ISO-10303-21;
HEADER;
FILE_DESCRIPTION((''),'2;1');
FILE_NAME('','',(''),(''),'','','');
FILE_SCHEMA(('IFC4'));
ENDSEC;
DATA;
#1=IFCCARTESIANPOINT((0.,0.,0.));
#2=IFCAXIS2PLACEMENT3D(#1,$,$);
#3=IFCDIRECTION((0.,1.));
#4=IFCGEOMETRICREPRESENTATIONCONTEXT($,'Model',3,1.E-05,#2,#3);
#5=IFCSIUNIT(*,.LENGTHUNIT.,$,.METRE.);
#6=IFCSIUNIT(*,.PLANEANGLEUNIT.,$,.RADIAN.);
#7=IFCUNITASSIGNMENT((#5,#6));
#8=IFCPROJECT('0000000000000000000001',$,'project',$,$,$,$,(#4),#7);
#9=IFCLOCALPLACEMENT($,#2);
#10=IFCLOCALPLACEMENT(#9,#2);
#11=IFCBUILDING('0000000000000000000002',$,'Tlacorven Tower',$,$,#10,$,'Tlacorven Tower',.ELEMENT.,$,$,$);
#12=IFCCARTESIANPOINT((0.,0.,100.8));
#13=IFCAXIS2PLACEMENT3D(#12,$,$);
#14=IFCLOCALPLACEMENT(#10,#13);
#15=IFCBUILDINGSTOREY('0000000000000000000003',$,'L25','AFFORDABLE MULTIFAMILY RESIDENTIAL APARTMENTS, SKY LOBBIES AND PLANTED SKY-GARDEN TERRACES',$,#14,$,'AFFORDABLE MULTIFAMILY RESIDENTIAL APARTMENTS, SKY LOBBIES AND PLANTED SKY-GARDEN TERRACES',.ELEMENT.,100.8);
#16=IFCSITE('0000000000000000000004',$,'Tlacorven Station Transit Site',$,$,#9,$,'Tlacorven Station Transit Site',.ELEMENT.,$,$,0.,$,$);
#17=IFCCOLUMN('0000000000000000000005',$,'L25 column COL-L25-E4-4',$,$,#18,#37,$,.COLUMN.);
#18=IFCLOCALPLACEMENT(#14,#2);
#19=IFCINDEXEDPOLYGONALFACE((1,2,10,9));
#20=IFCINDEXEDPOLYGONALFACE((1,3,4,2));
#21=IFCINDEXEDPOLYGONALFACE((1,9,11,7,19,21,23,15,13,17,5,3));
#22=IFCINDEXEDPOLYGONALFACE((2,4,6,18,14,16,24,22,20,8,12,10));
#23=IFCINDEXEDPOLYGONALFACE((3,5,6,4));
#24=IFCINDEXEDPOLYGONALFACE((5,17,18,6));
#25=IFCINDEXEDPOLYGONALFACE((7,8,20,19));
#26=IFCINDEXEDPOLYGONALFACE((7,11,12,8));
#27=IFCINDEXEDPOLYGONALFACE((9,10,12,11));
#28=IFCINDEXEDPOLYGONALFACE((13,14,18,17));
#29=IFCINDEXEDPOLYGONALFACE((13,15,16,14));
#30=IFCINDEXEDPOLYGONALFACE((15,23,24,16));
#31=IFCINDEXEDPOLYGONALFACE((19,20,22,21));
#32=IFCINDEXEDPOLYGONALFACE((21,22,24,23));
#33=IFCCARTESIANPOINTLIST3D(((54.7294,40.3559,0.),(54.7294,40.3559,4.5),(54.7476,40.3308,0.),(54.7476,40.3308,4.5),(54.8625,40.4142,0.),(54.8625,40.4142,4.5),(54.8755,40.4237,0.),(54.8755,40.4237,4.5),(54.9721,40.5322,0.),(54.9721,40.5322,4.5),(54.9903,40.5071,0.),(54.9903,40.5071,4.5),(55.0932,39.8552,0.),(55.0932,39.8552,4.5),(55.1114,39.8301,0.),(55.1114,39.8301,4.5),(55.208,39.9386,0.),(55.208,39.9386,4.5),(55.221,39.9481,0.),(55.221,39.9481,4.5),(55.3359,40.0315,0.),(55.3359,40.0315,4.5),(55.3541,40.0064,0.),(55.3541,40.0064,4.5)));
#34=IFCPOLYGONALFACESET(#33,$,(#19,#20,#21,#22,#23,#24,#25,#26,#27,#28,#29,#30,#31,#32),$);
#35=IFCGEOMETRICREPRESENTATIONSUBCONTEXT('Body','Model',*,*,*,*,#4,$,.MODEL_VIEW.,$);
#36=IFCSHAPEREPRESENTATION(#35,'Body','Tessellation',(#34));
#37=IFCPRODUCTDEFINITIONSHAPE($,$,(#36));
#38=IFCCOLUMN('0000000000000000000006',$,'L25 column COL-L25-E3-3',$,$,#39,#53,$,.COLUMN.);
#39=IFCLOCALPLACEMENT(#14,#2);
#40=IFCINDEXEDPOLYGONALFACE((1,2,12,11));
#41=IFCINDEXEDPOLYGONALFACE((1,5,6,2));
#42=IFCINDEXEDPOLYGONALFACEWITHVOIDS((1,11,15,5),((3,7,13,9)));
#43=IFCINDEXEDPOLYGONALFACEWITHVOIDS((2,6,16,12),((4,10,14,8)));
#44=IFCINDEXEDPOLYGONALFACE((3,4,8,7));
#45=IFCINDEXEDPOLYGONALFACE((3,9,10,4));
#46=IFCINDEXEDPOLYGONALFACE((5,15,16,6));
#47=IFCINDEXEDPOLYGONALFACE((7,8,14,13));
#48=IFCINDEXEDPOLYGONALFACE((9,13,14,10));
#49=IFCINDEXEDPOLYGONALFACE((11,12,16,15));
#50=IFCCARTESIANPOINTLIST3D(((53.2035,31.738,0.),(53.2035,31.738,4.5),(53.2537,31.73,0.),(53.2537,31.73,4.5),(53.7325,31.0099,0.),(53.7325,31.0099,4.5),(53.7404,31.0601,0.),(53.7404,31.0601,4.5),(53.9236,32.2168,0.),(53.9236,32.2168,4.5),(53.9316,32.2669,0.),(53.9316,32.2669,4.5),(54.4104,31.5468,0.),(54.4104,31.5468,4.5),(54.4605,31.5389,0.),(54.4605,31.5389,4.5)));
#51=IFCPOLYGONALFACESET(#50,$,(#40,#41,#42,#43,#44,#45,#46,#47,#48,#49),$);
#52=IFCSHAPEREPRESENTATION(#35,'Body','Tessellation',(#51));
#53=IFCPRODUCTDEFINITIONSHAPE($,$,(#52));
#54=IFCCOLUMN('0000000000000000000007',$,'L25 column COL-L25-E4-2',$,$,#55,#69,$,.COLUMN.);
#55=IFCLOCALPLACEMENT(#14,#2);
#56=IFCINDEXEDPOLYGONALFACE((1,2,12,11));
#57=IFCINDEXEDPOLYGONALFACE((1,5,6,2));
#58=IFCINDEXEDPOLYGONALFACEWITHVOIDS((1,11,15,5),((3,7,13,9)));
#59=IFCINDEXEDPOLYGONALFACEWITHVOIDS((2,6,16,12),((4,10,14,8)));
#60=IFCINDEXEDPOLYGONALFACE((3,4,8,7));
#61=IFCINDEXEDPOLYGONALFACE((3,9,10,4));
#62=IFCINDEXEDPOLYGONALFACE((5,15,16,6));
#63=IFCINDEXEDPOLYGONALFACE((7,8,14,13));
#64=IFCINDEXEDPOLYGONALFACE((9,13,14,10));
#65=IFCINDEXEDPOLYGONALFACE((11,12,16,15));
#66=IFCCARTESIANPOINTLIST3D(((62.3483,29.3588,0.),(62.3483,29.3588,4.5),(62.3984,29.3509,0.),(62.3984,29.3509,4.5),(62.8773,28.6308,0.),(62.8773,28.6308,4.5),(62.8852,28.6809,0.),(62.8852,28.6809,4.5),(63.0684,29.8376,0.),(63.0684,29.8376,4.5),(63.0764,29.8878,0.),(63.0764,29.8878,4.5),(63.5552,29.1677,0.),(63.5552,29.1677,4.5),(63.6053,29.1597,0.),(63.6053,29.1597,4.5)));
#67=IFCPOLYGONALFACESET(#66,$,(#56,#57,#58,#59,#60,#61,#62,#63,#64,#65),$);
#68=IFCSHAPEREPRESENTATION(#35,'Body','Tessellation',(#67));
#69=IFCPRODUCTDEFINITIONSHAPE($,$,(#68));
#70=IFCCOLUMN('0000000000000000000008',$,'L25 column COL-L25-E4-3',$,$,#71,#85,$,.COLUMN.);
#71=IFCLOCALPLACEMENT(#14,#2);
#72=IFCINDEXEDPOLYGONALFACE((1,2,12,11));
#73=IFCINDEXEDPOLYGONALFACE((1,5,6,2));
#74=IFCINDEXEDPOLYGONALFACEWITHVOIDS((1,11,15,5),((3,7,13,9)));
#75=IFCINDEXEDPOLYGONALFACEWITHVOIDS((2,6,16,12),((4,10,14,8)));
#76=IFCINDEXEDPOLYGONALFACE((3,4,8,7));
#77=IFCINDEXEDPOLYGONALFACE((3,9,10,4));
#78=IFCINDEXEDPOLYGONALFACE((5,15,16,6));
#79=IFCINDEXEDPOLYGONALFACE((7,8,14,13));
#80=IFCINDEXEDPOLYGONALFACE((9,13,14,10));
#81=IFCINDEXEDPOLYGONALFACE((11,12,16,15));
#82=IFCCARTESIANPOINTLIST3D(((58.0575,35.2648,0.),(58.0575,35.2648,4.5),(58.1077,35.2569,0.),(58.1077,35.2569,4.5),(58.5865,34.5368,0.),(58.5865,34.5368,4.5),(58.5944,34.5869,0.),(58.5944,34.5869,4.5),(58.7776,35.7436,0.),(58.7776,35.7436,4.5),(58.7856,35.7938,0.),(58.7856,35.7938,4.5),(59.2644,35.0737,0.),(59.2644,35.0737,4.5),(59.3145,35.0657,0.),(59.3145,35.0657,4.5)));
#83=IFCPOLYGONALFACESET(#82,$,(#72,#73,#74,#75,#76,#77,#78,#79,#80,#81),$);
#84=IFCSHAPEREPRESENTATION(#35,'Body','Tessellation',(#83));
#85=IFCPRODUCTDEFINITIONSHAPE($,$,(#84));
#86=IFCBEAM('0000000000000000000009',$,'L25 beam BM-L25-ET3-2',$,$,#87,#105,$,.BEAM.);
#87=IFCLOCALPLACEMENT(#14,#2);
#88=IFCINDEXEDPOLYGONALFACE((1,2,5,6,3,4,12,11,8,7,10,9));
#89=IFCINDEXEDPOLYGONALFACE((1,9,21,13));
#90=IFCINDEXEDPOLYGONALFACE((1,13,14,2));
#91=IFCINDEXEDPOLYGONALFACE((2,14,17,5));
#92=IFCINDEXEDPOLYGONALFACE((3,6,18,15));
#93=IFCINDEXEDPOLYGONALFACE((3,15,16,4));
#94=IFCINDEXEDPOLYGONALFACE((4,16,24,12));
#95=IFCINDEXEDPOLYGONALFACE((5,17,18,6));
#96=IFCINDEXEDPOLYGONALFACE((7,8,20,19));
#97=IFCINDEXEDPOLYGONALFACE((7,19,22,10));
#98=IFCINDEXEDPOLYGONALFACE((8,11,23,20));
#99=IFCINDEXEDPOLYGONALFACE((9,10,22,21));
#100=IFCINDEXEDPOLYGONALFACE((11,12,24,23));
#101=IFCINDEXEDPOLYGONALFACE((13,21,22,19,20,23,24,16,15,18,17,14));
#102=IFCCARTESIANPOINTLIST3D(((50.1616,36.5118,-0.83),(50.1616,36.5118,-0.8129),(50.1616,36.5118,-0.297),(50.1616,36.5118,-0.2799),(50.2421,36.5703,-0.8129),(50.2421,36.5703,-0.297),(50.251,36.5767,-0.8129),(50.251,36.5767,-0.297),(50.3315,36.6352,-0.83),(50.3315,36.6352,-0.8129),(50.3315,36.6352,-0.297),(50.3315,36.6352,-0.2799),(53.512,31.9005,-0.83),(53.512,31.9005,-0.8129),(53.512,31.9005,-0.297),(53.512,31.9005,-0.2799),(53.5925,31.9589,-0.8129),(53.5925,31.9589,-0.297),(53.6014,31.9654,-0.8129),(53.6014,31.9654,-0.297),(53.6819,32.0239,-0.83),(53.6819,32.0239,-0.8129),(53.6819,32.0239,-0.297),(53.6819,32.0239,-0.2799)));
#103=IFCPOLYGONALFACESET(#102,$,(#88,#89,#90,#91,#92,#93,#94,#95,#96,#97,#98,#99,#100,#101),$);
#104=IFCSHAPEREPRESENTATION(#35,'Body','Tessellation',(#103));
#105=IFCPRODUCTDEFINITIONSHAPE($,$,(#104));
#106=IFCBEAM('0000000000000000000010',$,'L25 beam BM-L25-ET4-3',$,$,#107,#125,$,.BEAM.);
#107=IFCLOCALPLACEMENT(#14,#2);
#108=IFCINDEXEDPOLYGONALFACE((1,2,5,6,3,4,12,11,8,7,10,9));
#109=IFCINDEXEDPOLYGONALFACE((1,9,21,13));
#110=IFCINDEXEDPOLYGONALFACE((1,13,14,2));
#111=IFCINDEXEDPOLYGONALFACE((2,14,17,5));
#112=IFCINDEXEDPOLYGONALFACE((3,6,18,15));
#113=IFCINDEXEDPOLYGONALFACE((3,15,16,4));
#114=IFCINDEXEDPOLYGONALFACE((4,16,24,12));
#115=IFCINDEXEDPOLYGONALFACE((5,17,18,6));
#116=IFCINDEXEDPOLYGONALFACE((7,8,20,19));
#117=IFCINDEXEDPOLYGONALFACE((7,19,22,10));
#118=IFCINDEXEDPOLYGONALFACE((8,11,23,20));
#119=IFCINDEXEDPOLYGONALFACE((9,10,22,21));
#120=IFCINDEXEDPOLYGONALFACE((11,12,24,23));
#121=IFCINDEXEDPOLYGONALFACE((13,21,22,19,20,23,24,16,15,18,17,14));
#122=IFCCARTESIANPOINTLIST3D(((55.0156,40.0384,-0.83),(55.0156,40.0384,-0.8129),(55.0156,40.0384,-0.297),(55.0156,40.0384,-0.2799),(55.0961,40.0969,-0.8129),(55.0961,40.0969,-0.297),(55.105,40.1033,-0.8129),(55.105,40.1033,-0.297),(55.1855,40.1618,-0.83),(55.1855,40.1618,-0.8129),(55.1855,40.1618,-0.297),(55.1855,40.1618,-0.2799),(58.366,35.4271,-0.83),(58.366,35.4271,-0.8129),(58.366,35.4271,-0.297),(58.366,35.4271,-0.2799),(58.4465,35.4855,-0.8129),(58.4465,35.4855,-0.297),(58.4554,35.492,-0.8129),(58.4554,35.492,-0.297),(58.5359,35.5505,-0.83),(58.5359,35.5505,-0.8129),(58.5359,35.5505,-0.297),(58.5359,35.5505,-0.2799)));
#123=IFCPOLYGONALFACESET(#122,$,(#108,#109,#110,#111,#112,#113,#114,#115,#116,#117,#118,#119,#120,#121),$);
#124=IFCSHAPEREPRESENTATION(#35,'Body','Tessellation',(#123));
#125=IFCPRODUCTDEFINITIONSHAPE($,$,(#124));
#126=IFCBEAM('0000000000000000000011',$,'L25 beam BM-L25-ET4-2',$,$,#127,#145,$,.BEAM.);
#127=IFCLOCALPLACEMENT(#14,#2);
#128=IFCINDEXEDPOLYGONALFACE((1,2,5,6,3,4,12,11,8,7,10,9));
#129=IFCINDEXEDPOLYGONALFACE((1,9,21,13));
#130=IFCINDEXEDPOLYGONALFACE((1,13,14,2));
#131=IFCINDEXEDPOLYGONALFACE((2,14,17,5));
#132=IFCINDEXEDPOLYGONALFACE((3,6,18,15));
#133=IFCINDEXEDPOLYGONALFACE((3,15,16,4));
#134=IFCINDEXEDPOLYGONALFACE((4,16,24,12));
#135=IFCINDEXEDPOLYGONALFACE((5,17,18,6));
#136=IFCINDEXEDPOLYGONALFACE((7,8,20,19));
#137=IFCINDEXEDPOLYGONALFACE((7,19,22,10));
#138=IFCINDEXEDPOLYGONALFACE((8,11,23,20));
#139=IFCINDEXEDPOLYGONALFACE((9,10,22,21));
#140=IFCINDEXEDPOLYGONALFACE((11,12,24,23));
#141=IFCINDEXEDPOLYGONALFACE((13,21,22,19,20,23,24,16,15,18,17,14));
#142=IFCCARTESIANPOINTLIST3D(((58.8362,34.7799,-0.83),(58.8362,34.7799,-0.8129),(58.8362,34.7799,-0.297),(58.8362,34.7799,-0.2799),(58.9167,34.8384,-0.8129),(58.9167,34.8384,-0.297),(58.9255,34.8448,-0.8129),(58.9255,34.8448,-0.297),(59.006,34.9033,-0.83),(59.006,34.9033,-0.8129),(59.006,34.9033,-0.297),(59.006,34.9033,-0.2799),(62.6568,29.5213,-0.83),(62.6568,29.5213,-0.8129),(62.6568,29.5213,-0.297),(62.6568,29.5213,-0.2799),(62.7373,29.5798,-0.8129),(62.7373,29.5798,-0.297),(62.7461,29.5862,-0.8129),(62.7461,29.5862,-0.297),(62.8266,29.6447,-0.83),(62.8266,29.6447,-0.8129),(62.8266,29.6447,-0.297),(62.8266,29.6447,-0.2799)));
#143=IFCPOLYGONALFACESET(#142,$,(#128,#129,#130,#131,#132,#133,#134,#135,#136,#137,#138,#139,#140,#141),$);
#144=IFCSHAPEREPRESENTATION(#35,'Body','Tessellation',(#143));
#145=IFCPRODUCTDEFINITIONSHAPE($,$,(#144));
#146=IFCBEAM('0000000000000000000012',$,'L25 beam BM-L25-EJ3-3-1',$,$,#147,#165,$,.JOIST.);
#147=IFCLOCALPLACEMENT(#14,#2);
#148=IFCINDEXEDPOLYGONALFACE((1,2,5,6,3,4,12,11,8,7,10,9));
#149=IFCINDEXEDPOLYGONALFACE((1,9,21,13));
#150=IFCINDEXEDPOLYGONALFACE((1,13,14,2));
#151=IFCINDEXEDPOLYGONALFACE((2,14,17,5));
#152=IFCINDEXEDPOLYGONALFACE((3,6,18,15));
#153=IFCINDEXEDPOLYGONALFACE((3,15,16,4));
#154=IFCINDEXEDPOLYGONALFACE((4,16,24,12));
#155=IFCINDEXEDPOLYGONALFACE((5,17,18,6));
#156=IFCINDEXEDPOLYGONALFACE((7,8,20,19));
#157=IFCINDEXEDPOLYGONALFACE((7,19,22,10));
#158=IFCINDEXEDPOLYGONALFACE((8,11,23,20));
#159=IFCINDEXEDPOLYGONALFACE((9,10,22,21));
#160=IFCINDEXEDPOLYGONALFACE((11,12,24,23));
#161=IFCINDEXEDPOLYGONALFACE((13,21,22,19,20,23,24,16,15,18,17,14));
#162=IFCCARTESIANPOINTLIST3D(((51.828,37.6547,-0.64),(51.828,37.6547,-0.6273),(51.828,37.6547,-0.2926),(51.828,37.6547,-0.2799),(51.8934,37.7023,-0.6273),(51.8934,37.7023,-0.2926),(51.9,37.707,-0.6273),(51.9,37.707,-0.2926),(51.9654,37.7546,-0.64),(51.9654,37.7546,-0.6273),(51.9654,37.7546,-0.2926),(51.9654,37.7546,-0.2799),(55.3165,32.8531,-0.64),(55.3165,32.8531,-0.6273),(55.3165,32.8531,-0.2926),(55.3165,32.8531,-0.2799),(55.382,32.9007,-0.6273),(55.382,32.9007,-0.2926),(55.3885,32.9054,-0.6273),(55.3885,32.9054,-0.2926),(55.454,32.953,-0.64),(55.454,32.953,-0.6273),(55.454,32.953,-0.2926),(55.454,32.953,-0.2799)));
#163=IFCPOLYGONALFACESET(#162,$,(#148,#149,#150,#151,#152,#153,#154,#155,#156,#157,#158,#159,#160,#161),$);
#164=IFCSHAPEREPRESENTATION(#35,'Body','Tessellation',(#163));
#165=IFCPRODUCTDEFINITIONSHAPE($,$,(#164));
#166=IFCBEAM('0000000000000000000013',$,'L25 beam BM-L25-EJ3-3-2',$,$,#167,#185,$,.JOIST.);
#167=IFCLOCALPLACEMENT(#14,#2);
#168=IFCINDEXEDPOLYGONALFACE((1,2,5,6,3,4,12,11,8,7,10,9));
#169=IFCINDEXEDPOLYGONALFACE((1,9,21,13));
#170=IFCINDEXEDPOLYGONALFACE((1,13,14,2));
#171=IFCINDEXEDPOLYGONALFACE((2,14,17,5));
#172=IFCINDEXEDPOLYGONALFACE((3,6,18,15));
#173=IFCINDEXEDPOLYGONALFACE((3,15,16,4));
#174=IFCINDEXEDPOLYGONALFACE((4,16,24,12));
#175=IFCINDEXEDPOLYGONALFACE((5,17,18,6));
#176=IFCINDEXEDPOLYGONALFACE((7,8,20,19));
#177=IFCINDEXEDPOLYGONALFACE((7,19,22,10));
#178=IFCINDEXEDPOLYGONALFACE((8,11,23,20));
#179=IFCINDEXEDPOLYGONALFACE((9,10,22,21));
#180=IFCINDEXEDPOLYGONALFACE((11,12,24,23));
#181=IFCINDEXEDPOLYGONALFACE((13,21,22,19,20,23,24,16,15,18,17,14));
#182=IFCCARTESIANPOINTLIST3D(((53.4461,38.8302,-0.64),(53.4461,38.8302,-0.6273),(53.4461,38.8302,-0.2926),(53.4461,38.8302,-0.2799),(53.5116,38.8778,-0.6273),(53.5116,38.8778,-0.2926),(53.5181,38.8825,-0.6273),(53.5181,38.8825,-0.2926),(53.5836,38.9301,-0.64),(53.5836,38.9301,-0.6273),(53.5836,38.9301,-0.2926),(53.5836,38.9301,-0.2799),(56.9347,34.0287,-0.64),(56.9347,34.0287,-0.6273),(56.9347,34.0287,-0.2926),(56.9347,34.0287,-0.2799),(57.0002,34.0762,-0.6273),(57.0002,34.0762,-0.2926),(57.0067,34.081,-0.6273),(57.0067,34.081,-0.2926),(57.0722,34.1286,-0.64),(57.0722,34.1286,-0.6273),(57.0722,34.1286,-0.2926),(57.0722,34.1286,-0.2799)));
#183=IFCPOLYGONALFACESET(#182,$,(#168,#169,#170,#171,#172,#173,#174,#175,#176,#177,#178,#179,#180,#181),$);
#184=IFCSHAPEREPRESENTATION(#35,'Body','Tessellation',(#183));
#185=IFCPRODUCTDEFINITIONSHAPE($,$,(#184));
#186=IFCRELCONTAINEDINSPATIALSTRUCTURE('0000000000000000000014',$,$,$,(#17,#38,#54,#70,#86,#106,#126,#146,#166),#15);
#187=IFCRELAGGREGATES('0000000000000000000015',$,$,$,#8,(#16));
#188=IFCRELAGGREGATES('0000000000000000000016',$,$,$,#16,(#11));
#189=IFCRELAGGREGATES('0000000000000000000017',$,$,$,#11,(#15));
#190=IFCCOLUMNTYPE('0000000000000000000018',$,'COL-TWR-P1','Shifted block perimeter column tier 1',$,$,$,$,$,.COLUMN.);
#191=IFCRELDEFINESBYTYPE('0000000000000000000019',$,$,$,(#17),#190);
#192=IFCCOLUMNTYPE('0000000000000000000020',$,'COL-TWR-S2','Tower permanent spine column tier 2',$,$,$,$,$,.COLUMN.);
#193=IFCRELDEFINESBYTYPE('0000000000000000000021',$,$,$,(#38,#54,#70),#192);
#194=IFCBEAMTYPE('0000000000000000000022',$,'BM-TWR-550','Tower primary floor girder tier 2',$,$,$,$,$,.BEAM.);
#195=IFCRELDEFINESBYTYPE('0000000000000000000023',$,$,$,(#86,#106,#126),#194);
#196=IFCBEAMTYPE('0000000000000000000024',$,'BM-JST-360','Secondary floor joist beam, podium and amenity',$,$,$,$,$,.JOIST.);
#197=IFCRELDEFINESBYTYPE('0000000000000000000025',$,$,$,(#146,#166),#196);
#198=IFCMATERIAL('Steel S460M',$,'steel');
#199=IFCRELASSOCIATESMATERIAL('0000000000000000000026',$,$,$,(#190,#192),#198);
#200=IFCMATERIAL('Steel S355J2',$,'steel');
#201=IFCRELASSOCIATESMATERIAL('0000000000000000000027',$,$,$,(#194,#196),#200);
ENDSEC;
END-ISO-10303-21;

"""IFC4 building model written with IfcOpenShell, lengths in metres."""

from ifc_helpers import new_model, si_unit, direction, frame, origin, origin_2d, place, context, subcontext, project, spatial, hollow_rectangle, i_section, extrude, source, transform, mapped, material, material_profile, profile_set, type_object, element, save


model = new_model("IFC4")

# Units and contexts
model_context = context("Model", 3, precision=1e-05, world=origin(), true_north=direction((0.0, 1.0)))
body_context = subcontext(model_context, "Body", "Model", "MODEL_VIEW")
ifc_project = project(units=[si_unit("LENGTHUNIT", "METRE"), si_unit("PLANEANGLEUNIT", "RADIAN")], contexts=[model_context])

# Site, building, storey
site_placement = place(None, origin())
site = spatial("IfcSite", under=ifc_project, at=site_placement, Name="Tlacorven Station Transit Site", LongName="Tlacorven Station Transit Site", CompositionType="ELEMENT", RefElevation=0.0)
building_placement = place(site_placement, origin())
building = spatial("IfcBuilding", under=site, at=building_placement, Name="Tlacorven Tower", LongName="Tlacorven Tower", CompositionType="ELEMENT")
storey_placement = place(building_placement, frame((0.0, 0.0, 100.8)))
storey = spatial("IfcBuildingStorey", under=building, at=storey_placement, Name="L25", Description="AFFORDABLE MULTIFAMILY RESIDENTIAL APARTMENTS, SKY LOBBIES AND PLANTED SKY-GARDEN TERRACES", LongName="AFFORDABLE MULTIFAMILY RESIDENTIAL APARTMENTS, SKY LOBBIES AND PLANTED SKY-GARDEN TERRACES", CompositionType="ELEMENT", Elevation=100.8)

# Columns
ifc_material_1 = material(Name="Steel S460M", Category="steel")
ifc_material_profile_1 = material_profile(ifc_material_1, i_section(OverallWidth=0.3, OverallDepth=0.6499, WebThickness=0.0161, FlangeThickness=0.031, at=origin_2d()), Name="HEB 650")
ifc_profile_set_1 = profile_set([ifc_material_profile_1], Name="Steel S460M")
column_type_1 = type_object("IfcColumnType", Name="COL-TWR-P1", Description="Shifted block perimeter column tier 1", PredefinedType="COLUMN", material=ifc_profile_set_1)
shared_shape_1 = source(origin(), body_context, "Body", "SweptSolid", [
    extrude(i_section(OverallWidth=0.3, OverallDepth=0.6499, WebThickness=0.0161, FlangeThickness=0.031, at=origin_2d()), origin(), (0.0, 0.0, 1.0), 4.5),
])
column_placement = place(storey_placement, frame((55.0417, 40.1812, 0.0), z_axis=(0.0, 0.0, 1.0), x_axis=(0.809017, 0.587785, 0.0)))
element("IfcColumn", 1, at=column_placement, inside=storey, type_object=column_type_1, Name="L25 column COL-L25-E4-4", PredefinedType="COLUMN", context=body_context, shape_type="MappedRepresentation", body=[
    mapped(shared_shape_1, transform((0.0, 0.0, 0.0), scale=1.0)),
])
ifc_material_profile_2 = material_profile(ifc_material_1, hollow_rectangle(XDim=0.8999, YDim=0.8999, WallThickness=0.0359, at=origin_2d()), Name="BOX 900X900X36")
ifc_profile_set_2 = profile_set([ifc_material_profile_2], Name="Steel S460M")
column_type_2 = type_object("IfcColumnType", Name="COL-TWR-S2", Description="Tower permanent spine column tier 2", PredefinedType="COLUMN", material=ifc_profile_set_2)
shared_shape_2 = source(origin(), body_context, "Body", "SweptSolid", [
    extrude(hollow_rectangle(XDim=0.8999, YDim=0.8999, WallThickness=0.0359, at=origin_2d()), origin(), (0.0, 0.0, 1.0), 4.5),
])
for number, where, z_axis, x_axis, name in (
    (2, (53.832, 31.6384, 0.0), (0.0, 0.0, 1.0), (0.809017, 0.587785, 0.0), "L25 column COL-L25-E3-3"),
    (3, (62.9768, 29.2593, 0.0), (0.0, 0.0, 1.0), (0.809017, 0.587785, 0.0), "L25 column COL-L25-E4-2"),
    (4, (58.686, 35.1653, 0.0), (0.0, 0.0, 1.0), (0.809017, 0.587785, 0.0), "L25 column COL-L25-E4-3"),
):
    element("IfcColumn", number, at=place(storey_placement, frame(where, z_axis=z_axis, x_axis=x_axis)), inside=storey, type_object=column_type_2, Name=name, PredefinedType="COLUMN", context=body_context, shape_type="MappedRepresentation", body=[
        mapped(shared_shape_2, transform((0.0, 0.0, 0.0), scale=1.0)),
    ])

# Beams
ifc_material_2 = material(Name="Steel S355J2", Category="steel")
ifc_material_profile_3 = material_profile(ifc_material_2, i_section(OverallWidth=0.21, OverallDepth=0.55, WebThickness=0.011, FlangeThickness=0.0171, at=origin_2d()), Name="IPE 550")
ifc_profile_set_3 = profile_set([ifc_material_profile_3], Name="Steel S355J2")
beam_type_1 = type_object("IfcBeamType", Name="BM-TWR-550", Description="Tower primary floor girder tier 2", PredefinedType="BEAM", material=ifc_profile_set_3)
shared_shape_3 = source(origin(), body_context, "Body", "SweptSolid", [
    extrude(i_section(OverallWidth=0.21, OverallDepth=0.55, WebThickness=0.011, FlangeThickness=0.0171, at=origin_2d()), origin(), (0.0, 0.0, 1.0), 5.7),
])
for number, where, z_axis, x_axis, name in (
    (5, (53.5969, 31.9622, -0.5549), (-0.587787, 0.809016, 0.0), (-0.809016, -0.587787, 0.0), "L25 beam BM-L25-ET3-2"),
    (6, (58.4509, 35.4888, -0.5549), (-0.587787, 0.809016, 0.0), (-0.809016, -0.587787, 0.0), "L25 beam BM-L25-ET4-3"),
):
    element("IfcBeam", number, at=place(storey_placement, frame(where, z_axis=z_axis, x_axis=x_axis)), inside=storey, type_object=beam_type_1, Name=name, PredefinedType="BEAM", context=body_context, shape_type="MappedRepresentation", body=[
        mapped(shared_shape_3, transform((0.0, 0.0, 0.0), scale=1.0)),
    ])
shared_shape_4 = source(origin(), body_context, "Body", "SweptSolid", [
    extrude(i_section(OverallWidth=0.21, OverallDepth=0.55, WebThickness=0.011, FlangeThickness=0.0171, at=origin_2d()), origin(), (0.0, 0.0, 1.0), 6.5),
])
beam_1_placement = place(storey_placement, frame((62.7417, 29.583, -0.5549), z_axis=(-0.587785, 0.809017, 0.0), x_axis=(-0.809017, -0.587785, 0.0)))
element("IfcBeam", 7, at=beam_1_placement, inside=storey, type_object=beam_type_1, Name="L25 beam BM-L25-ET4-2", PredefinedType="BEAM", context=body_context, shape_type="MappedRepresentation", body=[
    mapped(shared_shape_4, transform((0.0, 0.0, 0.0), scale=1.0)),
])
ifc_material_profile_4 = material_profile(ifc_material_2, i_section(OverallWidth=0.1699, OverallDepth=0.3601, WebThickness=0.0081, FlangeThickness=0.0127, at=origin_2d()), Name="IPE 360")
ifc_profile_set_4 = profile_set([ifc_material_profile_4], Name="Steel S355J2")
beam_type_2 = type_object("IfcBeamType", Name="BM-JST-360", Description="Secondary floor joist beam, podium and amenity", PredefinedType="JOIST", material=ifc_profile_set_4)
shared_shape_5 = source(origin(), body_context, "Body", "SweptSolid", [
    extrude(i_section(OverallWidth=0.1699, OverallDepth=0.3601, WebThickness=0.0081, FlangeThickness=0.0127, at=origin_2d()), origin(), (0.0, 0.0, 1.0), 5.9351),
])
for number, where, z_axis, x_axis, name in (
    (8, (55.3853, 32.9031, -0.46), (-0.587788, 0.809015, 0.0), (-0.809015, -0.587788, 0.0), "L25 beam BM-L25-EJ3-3-1"),
    (9, (57.0034, 34.0786, -0.46), (-0.587788, 0.809015, 0.0), (-0.809015, -0.587788, 0.0), "L25 beam BM-L25-EJ3-3-2"),
):
    element("IfcBeam", number, at=place(storey_placement, frame(where, z_axis=z_axis, x_axis=x_axis)), inside=storey, type_object=beam_type_2, Name=name, PredefinedType="JOIST", context=body_context, shape_type="MappedRepresentation", body=[
        mapped(shared_shape_5, transform((0.0, 0.0, 0.0), scale=1.0)),
    ])

save(model, "model.ifc")
